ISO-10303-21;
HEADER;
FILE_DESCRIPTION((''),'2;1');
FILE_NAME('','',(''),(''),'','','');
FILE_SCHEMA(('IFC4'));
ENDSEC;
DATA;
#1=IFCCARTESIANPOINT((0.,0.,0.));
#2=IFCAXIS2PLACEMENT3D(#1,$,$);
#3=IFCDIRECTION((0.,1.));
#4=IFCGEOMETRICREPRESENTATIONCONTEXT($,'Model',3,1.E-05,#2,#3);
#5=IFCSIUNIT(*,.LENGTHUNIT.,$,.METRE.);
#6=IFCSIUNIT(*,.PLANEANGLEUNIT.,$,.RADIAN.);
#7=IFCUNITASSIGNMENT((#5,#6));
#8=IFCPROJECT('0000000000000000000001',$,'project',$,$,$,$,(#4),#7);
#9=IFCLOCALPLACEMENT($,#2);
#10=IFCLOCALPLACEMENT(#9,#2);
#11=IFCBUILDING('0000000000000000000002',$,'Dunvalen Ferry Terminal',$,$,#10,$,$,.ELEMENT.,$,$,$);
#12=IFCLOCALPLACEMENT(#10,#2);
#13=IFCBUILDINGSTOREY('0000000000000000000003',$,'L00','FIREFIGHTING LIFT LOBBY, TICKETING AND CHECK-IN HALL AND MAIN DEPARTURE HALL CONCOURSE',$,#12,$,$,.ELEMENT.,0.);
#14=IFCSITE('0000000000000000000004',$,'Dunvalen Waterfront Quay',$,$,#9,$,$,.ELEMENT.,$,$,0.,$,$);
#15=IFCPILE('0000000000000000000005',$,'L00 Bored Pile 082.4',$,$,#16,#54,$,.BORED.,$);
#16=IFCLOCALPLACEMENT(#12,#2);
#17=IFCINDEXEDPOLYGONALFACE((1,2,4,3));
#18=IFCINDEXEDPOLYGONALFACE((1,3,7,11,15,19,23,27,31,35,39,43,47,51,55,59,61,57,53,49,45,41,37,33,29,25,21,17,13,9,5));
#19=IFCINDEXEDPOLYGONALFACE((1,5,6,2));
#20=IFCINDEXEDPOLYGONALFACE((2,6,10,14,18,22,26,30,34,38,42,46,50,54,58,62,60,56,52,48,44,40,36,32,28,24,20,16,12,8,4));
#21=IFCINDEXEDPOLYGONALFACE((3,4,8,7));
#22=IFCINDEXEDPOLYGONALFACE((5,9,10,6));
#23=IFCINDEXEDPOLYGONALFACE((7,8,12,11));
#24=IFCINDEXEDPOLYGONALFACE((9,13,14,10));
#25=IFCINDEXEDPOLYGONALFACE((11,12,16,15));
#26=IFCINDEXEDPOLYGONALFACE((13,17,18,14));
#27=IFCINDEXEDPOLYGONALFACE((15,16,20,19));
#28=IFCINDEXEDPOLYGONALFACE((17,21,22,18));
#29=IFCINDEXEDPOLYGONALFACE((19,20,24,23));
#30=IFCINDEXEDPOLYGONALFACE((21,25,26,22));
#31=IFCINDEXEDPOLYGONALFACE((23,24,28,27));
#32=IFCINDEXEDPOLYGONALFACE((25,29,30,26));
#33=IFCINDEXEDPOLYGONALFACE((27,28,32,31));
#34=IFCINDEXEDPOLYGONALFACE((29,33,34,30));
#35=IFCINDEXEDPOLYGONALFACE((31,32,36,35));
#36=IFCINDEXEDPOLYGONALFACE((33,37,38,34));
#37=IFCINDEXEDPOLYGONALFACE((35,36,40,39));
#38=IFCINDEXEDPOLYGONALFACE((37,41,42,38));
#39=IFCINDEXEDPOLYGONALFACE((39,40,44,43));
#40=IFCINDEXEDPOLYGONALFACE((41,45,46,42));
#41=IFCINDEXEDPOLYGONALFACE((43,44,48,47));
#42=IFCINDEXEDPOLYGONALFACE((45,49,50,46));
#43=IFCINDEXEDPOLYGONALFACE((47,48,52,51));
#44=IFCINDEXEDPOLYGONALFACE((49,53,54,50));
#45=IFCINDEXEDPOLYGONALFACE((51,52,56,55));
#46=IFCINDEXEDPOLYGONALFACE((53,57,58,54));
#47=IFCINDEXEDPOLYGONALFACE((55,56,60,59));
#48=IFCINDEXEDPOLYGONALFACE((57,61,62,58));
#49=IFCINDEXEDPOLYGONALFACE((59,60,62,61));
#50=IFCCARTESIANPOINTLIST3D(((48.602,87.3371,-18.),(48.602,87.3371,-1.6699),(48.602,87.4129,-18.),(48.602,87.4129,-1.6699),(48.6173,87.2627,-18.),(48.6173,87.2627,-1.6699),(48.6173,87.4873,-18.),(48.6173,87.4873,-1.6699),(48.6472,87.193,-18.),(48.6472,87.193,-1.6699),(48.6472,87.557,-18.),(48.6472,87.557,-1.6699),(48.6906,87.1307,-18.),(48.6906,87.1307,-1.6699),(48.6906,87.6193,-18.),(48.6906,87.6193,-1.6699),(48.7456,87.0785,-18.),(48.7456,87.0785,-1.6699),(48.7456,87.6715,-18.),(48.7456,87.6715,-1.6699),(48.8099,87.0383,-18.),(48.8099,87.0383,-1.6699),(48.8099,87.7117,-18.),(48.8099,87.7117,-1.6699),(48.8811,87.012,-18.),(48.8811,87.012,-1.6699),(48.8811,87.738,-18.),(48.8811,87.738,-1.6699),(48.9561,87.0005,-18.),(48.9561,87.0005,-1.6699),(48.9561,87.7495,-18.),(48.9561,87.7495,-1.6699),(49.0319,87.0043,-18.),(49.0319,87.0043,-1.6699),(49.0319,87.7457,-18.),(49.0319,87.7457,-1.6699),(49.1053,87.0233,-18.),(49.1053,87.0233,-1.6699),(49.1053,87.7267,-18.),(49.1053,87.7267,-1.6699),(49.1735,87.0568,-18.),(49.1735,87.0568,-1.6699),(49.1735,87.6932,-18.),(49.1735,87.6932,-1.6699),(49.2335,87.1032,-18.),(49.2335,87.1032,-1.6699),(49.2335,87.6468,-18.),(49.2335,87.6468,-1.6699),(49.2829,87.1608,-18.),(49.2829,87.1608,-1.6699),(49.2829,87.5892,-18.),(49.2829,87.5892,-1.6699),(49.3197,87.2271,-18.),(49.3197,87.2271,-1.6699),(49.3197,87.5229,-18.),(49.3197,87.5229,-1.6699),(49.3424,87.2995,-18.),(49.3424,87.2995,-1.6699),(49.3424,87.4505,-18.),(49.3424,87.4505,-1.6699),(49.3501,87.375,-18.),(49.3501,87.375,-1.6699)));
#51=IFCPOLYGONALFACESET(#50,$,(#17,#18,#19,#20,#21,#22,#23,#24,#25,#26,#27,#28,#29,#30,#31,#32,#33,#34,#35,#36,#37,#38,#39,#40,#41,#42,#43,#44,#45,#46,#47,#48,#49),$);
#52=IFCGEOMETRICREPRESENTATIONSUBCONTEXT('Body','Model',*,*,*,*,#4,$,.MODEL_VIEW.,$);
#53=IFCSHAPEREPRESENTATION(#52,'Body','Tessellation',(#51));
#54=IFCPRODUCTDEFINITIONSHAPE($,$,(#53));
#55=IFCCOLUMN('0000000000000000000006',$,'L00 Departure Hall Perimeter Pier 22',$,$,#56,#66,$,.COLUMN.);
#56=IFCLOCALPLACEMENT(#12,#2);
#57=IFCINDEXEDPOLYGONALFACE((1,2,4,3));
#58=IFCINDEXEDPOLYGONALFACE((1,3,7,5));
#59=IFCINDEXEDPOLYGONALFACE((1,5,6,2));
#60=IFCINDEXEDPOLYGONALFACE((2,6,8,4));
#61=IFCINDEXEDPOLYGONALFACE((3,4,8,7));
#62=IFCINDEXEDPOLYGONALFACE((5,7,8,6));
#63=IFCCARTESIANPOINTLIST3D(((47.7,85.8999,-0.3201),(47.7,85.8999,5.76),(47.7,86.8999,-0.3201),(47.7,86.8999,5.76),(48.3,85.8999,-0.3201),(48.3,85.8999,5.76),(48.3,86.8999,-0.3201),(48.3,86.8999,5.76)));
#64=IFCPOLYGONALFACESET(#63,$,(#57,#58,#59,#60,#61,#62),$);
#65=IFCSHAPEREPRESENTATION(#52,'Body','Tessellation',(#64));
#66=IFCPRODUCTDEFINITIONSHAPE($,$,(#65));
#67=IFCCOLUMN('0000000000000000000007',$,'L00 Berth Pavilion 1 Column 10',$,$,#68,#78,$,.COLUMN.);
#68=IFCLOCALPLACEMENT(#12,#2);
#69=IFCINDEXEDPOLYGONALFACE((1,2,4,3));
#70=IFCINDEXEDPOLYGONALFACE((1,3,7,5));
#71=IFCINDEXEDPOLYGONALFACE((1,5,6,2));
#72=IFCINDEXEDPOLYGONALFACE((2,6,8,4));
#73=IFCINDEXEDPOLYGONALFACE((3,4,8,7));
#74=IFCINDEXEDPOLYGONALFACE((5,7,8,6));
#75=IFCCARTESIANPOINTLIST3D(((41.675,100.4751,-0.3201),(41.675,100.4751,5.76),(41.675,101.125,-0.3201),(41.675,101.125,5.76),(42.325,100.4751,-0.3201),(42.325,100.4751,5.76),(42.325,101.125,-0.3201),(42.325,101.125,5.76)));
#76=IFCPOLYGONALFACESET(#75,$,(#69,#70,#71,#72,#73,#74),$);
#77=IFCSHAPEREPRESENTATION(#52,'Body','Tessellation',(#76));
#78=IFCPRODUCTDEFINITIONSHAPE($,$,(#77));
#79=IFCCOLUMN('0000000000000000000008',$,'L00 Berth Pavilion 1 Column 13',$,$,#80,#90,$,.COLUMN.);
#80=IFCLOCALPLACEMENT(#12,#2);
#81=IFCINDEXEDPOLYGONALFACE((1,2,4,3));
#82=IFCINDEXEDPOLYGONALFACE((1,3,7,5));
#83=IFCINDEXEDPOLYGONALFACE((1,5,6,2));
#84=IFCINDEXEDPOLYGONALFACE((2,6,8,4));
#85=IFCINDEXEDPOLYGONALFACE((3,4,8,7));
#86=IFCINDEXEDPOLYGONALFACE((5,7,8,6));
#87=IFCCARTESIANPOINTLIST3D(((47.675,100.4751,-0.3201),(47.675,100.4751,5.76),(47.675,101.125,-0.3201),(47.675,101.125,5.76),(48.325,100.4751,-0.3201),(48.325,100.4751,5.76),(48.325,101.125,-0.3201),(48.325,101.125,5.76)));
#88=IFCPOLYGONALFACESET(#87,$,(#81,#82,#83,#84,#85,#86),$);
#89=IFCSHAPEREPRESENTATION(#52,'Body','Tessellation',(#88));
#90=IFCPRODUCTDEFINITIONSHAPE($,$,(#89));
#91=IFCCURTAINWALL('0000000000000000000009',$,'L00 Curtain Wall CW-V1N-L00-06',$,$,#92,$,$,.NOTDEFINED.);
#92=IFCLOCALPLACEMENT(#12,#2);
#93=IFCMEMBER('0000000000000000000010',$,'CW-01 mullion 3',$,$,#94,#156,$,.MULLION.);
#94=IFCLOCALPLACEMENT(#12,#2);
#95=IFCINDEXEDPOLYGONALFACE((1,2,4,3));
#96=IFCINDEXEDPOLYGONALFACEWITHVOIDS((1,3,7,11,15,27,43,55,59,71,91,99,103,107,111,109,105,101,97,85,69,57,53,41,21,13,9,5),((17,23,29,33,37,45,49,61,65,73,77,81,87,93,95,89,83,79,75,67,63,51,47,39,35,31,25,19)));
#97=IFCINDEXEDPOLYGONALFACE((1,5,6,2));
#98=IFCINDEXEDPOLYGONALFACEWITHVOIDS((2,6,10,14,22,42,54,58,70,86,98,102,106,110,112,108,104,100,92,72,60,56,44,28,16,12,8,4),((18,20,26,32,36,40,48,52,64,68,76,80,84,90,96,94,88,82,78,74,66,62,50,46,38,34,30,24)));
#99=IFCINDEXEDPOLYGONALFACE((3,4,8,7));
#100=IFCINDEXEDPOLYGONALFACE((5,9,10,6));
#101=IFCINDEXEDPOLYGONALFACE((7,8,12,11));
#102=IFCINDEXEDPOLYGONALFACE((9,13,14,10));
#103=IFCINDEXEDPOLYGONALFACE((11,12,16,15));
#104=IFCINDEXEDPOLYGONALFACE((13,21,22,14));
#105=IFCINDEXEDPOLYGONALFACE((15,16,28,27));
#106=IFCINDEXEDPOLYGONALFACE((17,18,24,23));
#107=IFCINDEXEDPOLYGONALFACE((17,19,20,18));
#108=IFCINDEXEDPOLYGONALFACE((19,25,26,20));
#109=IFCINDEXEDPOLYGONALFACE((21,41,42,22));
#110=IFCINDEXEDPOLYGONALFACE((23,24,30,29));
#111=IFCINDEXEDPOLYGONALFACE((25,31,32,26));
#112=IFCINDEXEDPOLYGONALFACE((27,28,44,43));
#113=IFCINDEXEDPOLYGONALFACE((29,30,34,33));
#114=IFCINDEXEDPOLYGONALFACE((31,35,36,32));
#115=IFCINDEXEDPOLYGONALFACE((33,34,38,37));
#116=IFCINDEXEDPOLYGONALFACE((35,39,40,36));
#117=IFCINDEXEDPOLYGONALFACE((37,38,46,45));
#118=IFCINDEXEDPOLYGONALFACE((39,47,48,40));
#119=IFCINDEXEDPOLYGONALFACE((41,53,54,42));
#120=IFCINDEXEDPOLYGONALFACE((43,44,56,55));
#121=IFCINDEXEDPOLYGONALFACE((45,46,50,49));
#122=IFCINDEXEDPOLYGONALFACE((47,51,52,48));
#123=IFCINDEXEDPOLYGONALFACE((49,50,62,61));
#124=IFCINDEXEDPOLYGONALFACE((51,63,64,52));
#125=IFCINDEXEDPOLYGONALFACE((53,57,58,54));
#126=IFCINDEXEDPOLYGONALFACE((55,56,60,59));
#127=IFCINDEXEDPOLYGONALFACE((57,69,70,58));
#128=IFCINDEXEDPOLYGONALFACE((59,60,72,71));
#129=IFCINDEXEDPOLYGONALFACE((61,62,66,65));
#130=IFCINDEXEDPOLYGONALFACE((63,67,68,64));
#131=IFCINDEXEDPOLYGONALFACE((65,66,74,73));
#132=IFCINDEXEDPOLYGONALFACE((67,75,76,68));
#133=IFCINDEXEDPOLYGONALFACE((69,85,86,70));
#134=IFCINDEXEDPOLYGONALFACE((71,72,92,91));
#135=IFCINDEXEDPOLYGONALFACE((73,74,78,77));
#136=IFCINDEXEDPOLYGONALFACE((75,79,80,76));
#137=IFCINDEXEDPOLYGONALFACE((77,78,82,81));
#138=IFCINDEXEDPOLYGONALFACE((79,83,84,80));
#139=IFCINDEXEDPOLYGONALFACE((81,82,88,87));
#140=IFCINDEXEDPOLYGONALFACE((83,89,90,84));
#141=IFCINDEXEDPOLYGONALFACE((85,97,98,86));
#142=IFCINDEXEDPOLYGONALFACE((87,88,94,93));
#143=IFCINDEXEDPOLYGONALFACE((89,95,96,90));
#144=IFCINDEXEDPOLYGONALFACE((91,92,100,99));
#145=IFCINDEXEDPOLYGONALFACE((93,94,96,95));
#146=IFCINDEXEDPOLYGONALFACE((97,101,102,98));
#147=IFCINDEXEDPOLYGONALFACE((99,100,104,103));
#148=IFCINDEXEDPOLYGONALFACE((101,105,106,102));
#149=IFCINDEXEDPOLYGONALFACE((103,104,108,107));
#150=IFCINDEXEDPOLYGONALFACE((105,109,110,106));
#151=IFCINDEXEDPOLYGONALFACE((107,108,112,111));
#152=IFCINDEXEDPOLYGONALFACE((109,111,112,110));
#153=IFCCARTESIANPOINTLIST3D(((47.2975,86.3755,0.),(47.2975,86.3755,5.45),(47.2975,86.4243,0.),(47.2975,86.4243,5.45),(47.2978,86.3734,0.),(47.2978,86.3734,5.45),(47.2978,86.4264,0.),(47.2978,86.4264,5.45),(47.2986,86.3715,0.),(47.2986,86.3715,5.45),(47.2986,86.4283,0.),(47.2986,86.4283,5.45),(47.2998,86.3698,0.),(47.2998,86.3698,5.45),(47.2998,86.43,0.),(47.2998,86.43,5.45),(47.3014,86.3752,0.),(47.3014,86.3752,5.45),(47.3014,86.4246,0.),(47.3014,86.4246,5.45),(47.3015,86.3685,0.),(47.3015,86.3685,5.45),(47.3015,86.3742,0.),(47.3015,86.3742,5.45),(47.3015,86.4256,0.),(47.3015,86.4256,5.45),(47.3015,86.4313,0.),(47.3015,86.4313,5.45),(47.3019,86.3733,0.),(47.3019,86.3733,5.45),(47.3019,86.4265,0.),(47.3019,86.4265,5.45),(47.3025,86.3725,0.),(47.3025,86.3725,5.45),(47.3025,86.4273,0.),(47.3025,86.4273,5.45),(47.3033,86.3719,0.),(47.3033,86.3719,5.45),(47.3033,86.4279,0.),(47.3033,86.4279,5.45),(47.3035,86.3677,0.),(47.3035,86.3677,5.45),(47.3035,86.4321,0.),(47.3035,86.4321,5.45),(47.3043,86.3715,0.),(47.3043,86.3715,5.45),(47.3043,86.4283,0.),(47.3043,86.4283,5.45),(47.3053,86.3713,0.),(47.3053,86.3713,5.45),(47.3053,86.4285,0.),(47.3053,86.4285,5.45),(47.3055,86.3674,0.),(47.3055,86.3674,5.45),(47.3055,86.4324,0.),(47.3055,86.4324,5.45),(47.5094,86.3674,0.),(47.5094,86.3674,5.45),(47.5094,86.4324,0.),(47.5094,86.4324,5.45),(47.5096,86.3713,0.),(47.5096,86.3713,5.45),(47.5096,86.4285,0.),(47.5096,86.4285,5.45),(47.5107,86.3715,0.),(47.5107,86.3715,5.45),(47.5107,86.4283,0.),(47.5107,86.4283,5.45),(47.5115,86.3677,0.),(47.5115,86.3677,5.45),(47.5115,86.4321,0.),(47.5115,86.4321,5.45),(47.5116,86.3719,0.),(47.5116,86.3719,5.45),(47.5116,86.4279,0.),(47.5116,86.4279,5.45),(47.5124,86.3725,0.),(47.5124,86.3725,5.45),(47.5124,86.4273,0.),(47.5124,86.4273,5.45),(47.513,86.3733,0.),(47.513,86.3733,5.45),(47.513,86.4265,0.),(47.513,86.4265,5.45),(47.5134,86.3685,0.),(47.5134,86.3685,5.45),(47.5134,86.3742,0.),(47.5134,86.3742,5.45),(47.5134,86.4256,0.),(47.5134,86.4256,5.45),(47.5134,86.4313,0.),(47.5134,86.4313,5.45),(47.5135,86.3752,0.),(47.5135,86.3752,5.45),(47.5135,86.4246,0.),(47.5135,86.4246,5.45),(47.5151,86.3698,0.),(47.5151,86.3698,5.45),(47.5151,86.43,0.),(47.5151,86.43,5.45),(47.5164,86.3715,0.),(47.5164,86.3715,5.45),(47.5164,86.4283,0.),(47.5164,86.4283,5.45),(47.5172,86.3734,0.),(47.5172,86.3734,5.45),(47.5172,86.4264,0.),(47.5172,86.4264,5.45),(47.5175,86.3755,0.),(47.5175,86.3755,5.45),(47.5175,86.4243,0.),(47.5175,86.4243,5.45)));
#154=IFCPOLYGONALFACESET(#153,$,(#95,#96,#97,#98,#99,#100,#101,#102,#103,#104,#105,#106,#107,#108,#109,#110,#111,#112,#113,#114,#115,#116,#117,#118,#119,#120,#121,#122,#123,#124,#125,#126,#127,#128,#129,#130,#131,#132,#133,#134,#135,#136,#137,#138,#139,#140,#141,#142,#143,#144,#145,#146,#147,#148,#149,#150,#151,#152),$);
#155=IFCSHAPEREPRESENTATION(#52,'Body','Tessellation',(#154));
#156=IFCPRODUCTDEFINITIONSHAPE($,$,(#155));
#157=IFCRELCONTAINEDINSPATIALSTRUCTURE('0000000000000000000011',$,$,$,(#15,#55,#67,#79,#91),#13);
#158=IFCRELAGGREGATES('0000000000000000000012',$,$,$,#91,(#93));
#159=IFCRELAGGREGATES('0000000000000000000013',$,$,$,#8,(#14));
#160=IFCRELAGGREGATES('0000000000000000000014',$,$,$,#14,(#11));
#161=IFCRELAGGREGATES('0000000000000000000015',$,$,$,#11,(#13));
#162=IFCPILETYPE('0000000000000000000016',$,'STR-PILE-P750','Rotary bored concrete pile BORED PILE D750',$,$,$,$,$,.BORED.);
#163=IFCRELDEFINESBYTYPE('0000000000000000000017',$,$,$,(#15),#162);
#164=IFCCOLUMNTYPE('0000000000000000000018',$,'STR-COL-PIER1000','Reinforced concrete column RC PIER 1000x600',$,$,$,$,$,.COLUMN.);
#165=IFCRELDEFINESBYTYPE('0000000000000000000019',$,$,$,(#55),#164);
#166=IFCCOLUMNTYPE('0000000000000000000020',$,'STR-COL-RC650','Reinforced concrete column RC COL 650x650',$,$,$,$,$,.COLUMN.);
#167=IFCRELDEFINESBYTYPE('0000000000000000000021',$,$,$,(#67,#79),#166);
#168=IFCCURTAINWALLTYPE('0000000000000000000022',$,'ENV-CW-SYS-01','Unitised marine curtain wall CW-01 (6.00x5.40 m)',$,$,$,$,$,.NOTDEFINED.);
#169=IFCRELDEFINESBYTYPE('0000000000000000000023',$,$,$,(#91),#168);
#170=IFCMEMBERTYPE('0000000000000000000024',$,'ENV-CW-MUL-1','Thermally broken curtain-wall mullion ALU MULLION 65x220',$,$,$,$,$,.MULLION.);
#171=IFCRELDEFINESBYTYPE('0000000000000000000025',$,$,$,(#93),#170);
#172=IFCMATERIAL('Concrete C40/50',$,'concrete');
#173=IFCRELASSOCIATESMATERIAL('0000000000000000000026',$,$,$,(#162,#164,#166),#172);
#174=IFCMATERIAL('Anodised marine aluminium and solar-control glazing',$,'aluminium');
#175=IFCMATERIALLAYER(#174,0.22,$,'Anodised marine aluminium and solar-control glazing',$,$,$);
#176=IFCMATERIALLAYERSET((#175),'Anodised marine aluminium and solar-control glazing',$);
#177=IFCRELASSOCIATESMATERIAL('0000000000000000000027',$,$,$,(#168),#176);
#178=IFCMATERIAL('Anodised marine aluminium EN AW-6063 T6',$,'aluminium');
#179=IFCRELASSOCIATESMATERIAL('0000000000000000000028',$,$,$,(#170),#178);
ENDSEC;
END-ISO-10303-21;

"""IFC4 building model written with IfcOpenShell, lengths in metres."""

from ifc_helpers import new_model, si_unit, direction, frame, origin, origin_2d, place, context, subcontext, project, spatial, rectangle, hollow_rectangle, circle, extrude, material, layer, layer_set, material_profile, profile_set, type_object, element, aggregate, save


model = new_model("IFC4")

# Units and contexts
model_context = context("Model", 3, precision=1e-05, world=origin(), true_north=direction((0.0, 1.0)))
body_context = subcontext(model_context, "Body", "Model", "MODEL_VIEW")
ifc_project = project(units=[si_unit("LENGTHUNIT", "METRE"), si_unit("PLANEANGLEUNIT", "RADIAN")], contexts=[model_context])

# Site, building, storey
site_placement = place(None, origin())
site = spatial("IfcSite", under=ifc_project, at=site_placement, Name="Dunvalen Waterfront Quay", CompositionType="ELEMENT", RefElevation=0.0)
building_placement = place(site_placement, origin())
building = spatial("IfcBuilding", under=site, at=building_placement, Name="Dunvalen Ferry Terminal", CompositionType="ELEMENT")
storey_placement = place(building_placement, origin())
storey = spatial("IfcBuildingStorey", under=building, at=storey_placement, Name="L00", Description="FIREFIGHTING LIFT LOBBY, TICKETING AND CHECK-IN HALL AND MAIN DEPARTURE HALL CONCOURSE", CompositionType="ELEMENT", Elevation=0.0)

# Shared definitions
ifc_material_1 = material(Name="Concrete C40/50", Category="concrete")

# Pile
ifc_material_profile_1 = material_profile(ifc_material_1, circle(Radius=0.375, at=origin_2d()), Name="Concrete C40/50")
ifc_profile_set_1 = profile_set([ifc_material_profile_1], Name="Concrete C40/50")
pile_type = type_object("IfcPileType", Name="STR-PILE-P750", Description="Rotary bored concrete pile BORED PILE D750", PredefinedType="BORED", material=ifc_profile_set_1)
for number, where, z_axis, x_axis, name in (
    (1, (48.9751, 87.375, -1.6699), (0.0, 0.0, -1.0), (1.0, 0.0, 0.0), "L00 Bored Pile 082.4"),
):
    element("IfcPile", number, at=place(storey_placement, frame(where, z_axis=z_axis, x_axis=x_axis)), inside=storey, type_object=pile_type, Name=name, PredefinedType="BORED", context=body_context, shape_type="SweptSolid", body=[
        extrude(circle(Radius=0.375, at=origin_2d()), origin(), (0.0, 0.0, 1.0), 16.3301),
    ])

# Columns
ifc_material_profile_2 = material_profile(ifc_material_1, rectangle(XDim=0.6001, YDim=1.0, at=origin_2d()), Name="Concrete C40/50")
ifc_profile_set_2 = profile_set([ifc_material_profile_2], Name="Concrete C40/50")
column_type_1 = type_object("IfcColumnType", Name="STR-COL-PIER1000", Description="Reinforced concrete column RC PIER 1000x600", PredefinedType="COLUMN", material=ifc_profile_set_2)
column_placement = place(storey_placement, frame((48.0, 86.3999, -0.3201), z_axis=(0.0, 0.0, 1.0), x_axis=(1.0, 0.0, 0.0)))
element("IfcColumn", 2, at=column_placement, inside=storey, type_object=column_type_1, Name="L00 Departure Hall Perimeter Pier 22", PredefinedType="COLUMN", context=body_context, shape_type="SweptSolid", body=[
    extrude(rectangle(XDim=0.6001, YDim=1.0, at=origin_2d()), origin(), (0.0, 0.0, 1.0), 6.0801),
])
ifc_material_profile_3 = material_profile(ifc_material_1, rectangle(XDim=0.6499, YDim=0.6499, at=origin_2d()), Name="Concrete C40/50")
ifc_profile_set_3 = profile_set([ifc_material_profile_3], Name="Concrete C40/50")
column_type_2 = type_object("IfcColumnType", Name="STR-COL-RC650", Description="Reinforced concrete column RC COL 650x650", PredefinedType="COLUMN", material=ifc_profile_set_3)
for number, where, z_axis, x_axis, name in (
    (3, (42.0, 100.8, -0.3201), (0.0, 0.0, 1.0), (1.0, 0.0, 0.0), "L00 Berth Pavilion 1 Column 10"),
    (4, (48.0, 100.8, -0.3201), (0.0, 0.0, 1.0), (1.0, 0.0, 0.0), "L00 Berth Pavilion 1 Column 13"),
):
    element("IfcColumn", number, at=place(storey_placement, frame(where, z_axis=z_axis, x_axis=x_axis)), inside=storey, type_object=column_type_2, Name=name, PredefinedType="COLUMN", context=body_context, shape_type="SweptSolid", body=[
        extrude(rectangle(XDim=0.6499, YDim=0.6499, at=origin_2d()), origin(), (0.0, 0.0, 1.0), 6.0801),
    ])

# Curtain wall, member
ifc_material_2 = material(Name="Anodised marine aluminium and solar-control glazing", Category="aluminium")
ifc_layer_1 = layer(ifc_material_2, 0.22, Name="Anodised marine aluminium and solar-control glazing")
ifc_layer_set_1 = layer_set([ifc_layer_1], Name="Anodised marine aluminium and solar-control glazing")
curtain_wall_type = type_object("IfcCurtainWallType", Name="ENV-CW-SYS-01", Description="Unitised marine curtain wall CW-01 (6.00x5.40 m)", PredefinedType="NOTDEFINED", material=ifc_layer_set_1)
curtain_wall_1_placement = place(storey_placement, origin())
curtain_wall_1 = element("IfcCurtainWall", 5, at=curtain_wall_1_placement, inside=storey, type_object=curtain_wall_type, Name="L00 Curtain Wall CW-V1N-L00-06", PredefinedType="NOTDEFINED")
ifc_material_3 = material(Name="Anodised marine aluminium EN AW-6063 T6", Category="aluminium")
ifc_material_profile_4 = material_profile(ifc_material_3, hollow_rectangle(XDim=0.0649, YDim=0.22, WallThickness=0.0039, InnerFilletRadius=0.0039, OuterFilletRadius=0.0081, at=origin_2d()), Name="Anodised marine aluminium EN AW-6063 T6")
ifc_profile_set_4 = profile_set([ifc_material_profile_4], Name="Anodised marine aluminium EN AW-6063 T6")
member_type_1 = type_object("IfcMemberType", Name="ENV-CW-MUL-1", Description="Thermally broken curtain-wall mullion ALU MULLION 65x220", PredefinedType="MULLION", material=ifc_profile_set_4)
member_1_placement = place(storey_placement, frame((47.4075, 86.3999, 0.0), z_axis=(0.0, 0.0, 1.0), x_axis=(0.0, 1.0, 0.0)))
member_1 = element("IfcMember", 6, at=member_1_placement, type_object=member_type_1, Name="CW-01 mullion 3", PredefinedType="MULLION", context=body_context, shape_type="SweptSolid", body=[
    extrude(hollow_rectangle(XDim=0.0649, YDim=0.22, WallThickness=0.0039, InnerFilletRadius=0.0039, OuterFilletRadius=0.0081, at=origin_2d()), origin(), (0.0, 0.0, 1.0), 5.45),
])

aggregate(curtain_wall_1, [member_1])

save(model, "model.ifc")
